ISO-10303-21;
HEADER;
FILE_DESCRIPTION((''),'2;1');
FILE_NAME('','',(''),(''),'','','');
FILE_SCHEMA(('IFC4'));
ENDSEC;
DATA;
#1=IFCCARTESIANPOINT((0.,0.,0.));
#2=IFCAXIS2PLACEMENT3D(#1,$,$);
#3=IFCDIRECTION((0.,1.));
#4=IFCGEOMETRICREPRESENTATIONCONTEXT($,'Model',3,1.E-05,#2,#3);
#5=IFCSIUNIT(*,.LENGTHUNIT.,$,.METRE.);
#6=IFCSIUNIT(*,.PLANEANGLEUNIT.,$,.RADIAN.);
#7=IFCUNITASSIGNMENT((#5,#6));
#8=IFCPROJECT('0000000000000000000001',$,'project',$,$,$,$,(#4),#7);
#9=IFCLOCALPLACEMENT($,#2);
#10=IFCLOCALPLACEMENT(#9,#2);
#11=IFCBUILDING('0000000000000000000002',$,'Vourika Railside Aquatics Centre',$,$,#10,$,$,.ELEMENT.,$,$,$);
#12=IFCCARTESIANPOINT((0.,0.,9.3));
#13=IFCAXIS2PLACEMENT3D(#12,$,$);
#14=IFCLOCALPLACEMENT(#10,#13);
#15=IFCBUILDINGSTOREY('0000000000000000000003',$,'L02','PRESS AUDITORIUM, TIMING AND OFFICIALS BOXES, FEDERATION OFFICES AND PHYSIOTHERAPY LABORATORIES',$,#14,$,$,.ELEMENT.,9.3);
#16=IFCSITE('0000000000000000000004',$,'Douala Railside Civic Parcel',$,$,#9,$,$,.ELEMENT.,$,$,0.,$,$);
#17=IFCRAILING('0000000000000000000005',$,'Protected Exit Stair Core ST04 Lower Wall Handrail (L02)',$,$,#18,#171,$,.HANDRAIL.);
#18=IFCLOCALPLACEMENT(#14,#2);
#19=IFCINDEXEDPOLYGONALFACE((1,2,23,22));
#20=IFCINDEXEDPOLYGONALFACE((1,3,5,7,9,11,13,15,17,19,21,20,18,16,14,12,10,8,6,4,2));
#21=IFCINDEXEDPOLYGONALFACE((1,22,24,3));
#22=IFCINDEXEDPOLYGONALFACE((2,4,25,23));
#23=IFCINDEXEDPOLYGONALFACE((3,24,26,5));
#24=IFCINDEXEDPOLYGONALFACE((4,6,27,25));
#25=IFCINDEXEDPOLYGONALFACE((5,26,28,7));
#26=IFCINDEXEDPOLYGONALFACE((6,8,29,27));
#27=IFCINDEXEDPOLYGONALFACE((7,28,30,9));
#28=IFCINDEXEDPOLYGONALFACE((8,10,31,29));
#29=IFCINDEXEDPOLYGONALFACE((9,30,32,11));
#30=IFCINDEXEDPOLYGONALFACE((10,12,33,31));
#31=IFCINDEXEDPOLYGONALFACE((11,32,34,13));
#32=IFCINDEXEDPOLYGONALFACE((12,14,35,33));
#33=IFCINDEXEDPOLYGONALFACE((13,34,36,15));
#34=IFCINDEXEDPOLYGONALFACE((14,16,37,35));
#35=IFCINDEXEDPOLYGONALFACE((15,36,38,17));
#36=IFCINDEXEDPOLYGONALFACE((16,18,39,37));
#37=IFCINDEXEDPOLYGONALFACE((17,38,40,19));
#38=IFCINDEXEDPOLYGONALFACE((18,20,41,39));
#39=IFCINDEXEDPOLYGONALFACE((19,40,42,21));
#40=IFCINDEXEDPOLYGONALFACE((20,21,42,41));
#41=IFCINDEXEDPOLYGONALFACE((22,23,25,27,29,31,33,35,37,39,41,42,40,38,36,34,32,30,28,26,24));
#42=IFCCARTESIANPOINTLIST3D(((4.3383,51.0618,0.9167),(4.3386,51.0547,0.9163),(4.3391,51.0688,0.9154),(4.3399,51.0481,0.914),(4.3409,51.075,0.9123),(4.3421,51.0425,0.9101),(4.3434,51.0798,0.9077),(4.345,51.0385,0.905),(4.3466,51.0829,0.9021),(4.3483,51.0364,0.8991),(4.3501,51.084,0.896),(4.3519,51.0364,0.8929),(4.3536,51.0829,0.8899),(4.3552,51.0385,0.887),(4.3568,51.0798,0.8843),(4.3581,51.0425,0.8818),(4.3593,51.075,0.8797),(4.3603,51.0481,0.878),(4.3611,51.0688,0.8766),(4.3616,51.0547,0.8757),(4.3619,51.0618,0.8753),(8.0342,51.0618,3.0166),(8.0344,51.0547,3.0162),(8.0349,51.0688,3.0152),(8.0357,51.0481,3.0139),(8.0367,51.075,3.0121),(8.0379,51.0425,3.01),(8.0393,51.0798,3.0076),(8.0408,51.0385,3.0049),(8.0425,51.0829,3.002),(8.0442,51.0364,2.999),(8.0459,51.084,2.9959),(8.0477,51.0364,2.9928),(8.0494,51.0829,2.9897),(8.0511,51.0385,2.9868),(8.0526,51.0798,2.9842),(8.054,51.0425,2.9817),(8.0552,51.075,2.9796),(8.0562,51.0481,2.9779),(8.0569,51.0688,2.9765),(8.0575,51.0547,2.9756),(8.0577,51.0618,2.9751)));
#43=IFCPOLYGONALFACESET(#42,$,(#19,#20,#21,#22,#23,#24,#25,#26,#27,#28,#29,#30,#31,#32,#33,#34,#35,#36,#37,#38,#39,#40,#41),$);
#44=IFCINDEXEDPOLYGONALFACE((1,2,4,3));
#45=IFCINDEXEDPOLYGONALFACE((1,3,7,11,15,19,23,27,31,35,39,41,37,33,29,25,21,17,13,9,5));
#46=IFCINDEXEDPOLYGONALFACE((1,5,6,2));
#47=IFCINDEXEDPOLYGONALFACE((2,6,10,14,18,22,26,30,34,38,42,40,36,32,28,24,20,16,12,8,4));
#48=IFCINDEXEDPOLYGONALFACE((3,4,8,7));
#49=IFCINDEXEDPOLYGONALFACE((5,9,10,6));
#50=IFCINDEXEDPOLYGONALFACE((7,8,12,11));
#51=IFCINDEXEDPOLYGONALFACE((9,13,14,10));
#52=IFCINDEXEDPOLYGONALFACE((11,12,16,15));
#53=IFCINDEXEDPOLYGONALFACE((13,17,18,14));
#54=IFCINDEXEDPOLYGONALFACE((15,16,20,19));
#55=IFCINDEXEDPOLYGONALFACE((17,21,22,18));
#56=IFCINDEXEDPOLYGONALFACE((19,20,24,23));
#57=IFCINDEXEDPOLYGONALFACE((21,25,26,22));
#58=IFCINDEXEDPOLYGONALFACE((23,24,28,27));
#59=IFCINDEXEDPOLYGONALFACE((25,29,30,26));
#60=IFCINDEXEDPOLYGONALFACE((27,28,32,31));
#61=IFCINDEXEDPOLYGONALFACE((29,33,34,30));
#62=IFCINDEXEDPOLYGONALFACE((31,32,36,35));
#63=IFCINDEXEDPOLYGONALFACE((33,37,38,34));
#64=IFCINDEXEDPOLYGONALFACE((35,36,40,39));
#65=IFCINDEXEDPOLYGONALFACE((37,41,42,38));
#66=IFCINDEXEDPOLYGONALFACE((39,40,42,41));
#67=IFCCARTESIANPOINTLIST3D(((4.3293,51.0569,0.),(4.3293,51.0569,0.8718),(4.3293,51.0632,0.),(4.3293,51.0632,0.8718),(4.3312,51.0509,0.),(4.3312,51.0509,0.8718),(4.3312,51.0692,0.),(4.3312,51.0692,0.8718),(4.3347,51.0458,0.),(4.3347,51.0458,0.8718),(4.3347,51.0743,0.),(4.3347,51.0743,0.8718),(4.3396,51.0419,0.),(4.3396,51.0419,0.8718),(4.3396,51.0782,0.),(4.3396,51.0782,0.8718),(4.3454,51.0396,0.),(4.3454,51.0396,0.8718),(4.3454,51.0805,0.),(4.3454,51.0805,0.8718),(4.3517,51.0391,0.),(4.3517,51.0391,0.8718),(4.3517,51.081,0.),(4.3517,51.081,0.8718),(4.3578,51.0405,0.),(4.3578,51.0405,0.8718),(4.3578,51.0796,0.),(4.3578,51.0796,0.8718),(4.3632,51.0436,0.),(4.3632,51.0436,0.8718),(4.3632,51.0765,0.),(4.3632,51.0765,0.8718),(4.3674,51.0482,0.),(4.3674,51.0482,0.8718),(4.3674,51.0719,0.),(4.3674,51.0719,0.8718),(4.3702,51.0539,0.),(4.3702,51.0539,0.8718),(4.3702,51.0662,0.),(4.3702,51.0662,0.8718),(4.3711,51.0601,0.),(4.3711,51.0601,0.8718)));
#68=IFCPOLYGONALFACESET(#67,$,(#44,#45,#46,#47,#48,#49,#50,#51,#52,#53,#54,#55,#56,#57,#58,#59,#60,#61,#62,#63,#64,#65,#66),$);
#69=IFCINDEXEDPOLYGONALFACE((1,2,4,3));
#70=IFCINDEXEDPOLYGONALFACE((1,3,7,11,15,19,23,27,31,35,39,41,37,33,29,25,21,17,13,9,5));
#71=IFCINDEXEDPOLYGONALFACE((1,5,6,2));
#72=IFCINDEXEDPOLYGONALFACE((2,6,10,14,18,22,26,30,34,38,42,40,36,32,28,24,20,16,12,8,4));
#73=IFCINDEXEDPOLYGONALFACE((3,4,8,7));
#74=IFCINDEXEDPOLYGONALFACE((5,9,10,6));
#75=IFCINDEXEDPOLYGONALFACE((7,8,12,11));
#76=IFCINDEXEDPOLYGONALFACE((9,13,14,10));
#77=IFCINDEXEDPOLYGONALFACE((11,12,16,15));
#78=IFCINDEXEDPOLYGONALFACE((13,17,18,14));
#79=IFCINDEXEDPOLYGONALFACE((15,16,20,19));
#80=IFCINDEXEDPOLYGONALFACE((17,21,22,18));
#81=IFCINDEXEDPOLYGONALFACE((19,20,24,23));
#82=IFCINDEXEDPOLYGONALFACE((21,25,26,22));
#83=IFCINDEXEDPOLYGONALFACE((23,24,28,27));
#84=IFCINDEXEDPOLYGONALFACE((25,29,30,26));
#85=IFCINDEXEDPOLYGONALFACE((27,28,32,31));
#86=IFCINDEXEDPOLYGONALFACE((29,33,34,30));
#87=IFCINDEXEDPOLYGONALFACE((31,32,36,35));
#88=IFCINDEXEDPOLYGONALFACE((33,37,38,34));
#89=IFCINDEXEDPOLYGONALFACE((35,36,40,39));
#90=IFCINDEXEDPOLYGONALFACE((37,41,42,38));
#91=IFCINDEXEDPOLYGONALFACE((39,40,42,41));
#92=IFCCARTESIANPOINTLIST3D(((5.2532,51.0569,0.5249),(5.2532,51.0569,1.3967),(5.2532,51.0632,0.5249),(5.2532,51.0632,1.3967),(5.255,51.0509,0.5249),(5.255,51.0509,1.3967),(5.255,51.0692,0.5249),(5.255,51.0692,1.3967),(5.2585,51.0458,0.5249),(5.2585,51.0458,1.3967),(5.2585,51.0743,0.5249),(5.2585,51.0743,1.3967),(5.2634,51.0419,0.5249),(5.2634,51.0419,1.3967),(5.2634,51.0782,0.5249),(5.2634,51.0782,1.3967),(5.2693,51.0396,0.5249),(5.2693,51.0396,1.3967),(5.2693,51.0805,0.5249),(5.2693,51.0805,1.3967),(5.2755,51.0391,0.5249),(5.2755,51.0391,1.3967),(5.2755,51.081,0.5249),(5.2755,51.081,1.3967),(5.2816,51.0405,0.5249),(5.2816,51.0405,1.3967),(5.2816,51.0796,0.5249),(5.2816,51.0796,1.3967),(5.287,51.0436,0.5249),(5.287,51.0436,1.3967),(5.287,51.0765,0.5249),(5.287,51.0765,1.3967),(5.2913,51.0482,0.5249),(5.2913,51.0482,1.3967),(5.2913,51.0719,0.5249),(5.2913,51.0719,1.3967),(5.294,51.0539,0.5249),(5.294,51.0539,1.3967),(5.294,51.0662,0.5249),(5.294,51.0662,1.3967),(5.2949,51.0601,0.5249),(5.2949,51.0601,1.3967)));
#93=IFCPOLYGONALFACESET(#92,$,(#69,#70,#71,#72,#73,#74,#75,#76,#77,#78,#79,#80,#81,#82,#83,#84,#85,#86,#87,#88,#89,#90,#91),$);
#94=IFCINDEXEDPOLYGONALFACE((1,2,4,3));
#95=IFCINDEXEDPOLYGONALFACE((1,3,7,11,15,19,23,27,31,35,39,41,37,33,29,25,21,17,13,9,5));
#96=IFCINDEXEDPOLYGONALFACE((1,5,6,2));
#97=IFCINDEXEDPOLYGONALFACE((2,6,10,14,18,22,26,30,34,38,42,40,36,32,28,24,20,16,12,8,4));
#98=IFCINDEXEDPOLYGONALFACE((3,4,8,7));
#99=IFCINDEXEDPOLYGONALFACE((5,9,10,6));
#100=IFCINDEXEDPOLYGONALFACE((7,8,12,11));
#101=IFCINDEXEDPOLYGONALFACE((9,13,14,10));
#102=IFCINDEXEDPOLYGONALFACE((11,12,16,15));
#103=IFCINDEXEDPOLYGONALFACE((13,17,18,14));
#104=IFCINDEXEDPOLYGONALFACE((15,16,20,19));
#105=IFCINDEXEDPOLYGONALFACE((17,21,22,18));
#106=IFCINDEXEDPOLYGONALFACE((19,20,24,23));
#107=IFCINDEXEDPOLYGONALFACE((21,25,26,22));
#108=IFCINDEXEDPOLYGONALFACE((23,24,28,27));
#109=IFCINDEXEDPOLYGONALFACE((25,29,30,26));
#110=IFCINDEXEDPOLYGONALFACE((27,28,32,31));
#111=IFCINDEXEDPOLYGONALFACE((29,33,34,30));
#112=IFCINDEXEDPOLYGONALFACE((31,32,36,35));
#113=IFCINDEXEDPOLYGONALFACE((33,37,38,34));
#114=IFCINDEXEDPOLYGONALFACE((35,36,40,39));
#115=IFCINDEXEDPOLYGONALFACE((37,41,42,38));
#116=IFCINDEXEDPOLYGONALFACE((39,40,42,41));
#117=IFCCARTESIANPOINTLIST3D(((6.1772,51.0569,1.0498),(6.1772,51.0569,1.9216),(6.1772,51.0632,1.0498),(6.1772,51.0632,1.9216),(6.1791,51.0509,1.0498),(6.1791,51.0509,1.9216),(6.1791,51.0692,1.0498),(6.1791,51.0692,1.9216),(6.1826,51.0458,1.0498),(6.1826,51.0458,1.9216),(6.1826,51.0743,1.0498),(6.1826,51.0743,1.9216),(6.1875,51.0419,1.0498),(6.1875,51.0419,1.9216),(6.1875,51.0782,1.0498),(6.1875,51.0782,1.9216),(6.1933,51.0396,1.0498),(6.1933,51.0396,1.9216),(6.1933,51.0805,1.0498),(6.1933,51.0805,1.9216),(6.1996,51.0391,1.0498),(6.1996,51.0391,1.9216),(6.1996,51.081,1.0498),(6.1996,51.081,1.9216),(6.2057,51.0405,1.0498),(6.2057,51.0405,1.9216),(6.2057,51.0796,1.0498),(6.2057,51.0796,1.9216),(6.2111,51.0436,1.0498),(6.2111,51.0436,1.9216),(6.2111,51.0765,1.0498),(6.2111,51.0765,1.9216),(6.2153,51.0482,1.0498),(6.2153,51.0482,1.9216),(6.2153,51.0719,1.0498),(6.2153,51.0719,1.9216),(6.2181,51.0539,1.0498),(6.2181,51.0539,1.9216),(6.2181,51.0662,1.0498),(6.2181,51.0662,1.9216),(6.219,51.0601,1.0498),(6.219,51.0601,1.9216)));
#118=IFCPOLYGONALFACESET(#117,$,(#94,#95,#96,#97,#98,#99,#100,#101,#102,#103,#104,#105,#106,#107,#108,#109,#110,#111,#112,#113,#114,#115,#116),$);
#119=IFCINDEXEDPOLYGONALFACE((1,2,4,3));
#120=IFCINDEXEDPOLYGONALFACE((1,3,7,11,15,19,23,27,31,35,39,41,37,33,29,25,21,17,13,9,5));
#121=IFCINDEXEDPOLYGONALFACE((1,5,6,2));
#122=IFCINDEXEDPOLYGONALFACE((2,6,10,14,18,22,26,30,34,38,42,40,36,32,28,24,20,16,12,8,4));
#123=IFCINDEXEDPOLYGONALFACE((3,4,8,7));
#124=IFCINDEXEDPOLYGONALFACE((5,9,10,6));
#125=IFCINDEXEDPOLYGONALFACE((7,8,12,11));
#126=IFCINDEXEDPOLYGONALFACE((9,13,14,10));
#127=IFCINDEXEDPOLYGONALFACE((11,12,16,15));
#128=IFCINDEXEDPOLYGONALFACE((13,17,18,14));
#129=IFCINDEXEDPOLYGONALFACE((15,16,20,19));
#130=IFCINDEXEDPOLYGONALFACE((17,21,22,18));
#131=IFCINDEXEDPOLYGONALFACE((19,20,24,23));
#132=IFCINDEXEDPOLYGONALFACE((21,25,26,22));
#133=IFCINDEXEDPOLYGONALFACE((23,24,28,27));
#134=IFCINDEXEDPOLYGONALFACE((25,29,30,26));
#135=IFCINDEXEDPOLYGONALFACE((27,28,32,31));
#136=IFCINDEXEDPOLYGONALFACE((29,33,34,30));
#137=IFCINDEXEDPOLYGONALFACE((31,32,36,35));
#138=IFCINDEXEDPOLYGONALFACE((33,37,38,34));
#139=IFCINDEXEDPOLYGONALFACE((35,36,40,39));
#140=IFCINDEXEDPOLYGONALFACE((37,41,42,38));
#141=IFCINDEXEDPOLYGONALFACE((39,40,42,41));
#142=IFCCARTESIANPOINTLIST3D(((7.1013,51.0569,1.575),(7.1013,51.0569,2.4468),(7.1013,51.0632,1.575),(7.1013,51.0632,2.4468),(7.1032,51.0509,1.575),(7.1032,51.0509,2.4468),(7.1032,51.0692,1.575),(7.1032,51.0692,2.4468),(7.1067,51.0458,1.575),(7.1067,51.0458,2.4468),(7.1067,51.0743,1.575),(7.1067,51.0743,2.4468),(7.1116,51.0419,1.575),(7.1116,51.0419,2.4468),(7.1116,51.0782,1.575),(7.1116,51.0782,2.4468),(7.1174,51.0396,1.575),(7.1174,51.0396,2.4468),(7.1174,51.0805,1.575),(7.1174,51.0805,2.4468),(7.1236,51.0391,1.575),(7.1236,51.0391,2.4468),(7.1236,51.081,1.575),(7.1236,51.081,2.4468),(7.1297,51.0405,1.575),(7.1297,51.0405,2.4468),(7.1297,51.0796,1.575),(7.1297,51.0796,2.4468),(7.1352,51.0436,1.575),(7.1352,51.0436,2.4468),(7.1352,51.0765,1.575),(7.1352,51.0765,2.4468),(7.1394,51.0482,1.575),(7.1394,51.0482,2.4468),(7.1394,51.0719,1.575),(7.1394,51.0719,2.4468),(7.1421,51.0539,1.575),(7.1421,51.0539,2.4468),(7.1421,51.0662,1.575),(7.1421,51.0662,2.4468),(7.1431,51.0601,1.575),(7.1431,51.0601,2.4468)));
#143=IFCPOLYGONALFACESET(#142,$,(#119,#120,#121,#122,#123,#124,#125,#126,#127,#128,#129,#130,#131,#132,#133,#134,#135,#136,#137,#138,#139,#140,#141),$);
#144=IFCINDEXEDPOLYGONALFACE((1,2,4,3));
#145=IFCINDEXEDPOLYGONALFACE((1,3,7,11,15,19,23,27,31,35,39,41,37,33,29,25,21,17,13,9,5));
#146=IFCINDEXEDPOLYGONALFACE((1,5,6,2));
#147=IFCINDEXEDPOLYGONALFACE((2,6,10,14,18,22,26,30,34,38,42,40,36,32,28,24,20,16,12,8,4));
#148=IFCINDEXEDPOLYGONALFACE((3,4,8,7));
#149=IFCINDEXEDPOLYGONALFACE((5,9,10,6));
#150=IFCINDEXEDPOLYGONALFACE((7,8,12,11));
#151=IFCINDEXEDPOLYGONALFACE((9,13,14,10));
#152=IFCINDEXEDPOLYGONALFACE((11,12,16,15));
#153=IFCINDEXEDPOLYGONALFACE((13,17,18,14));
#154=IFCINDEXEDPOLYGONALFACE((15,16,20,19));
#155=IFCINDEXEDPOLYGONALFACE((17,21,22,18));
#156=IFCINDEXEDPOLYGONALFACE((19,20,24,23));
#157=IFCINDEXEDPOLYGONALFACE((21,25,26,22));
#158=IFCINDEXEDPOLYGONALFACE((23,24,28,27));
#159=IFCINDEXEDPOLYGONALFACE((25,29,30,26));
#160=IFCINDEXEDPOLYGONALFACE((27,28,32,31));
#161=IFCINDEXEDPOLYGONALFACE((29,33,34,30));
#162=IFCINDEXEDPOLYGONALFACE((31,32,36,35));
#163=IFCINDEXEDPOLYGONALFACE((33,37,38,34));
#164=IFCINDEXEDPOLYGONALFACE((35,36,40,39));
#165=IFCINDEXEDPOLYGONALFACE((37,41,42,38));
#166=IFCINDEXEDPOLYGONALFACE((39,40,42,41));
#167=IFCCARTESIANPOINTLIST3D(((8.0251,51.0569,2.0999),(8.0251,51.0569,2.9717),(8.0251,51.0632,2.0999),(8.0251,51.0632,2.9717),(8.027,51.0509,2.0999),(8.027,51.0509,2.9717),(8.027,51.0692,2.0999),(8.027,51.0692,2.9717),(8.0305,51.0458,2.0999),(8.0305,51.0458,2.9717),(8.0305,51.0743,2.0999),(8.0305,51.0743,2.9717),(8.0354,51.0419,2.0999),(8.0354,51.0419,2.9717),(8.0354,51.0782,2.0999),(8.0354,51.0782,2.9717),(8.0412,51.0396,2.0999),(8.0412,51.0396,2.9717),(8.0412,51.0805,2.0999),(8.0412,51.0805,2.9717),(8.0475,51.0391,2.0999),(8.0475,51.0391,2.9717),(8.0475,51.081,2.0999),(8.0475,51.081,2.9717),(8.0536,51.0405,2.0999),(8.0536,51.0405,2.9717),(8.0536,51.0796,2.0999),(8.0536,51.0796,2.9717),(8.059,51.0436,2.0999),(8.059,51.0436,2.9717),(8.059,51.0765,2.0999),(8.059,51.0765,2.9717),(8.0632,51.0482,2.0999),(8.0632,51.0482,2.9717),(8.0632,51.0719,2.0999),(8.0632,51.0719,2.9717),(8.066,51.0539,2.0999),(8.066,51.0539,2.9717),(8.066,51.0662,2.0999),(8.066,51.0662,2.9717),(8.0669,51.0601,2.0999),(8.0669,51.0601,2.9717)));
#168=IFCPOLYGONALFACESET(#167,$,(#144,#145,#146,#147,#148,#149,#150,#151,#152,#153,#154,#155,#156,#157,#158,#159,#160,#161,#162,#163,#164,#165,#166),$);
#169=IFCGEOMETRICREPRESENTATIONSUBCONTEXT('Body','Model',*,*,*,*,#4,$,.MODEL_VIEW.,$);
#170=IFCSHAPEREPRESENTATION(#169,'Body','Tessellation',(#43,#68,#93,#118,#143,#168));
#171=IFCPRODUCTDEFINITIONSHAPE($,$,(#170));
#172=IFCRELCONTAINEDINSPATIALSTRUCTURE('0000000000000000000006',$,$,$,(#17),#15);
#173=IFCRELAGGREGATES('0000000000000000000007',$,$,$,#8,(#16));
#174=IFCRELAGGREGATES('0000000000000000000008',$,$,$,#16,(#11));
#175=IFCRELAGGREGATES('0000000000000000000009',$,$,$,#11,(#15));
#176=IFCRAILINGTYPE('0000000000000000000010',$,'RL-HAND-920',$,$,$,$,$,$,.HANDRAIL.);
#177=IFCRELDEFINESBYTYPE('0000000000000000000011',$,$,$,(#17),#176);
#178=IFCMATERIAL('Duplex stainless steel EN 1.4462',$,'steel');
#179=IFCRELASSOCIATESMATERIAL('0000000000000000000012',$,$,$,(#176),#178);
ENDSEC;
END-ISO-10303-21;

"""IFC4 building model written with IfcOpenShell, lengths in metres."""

from ifc_helpers import new_model, si_unit, direction, frame, origin, origin_2d, place, context, subcontext, project, spatial, circle, extrude, material, type_object, element, save


model = new_model("IFC4")

# Units and contexts
model_context = context("Model", 3, precision=1e-05, world=origin(), true_north=direction((0.0, 1.0)))
body_context = subcontext(model_context, "Body", "Model", "MODEL_VIEW")
ifc_project = project(units=[si_unit("LENGTHUNIT", "METRE"), si_unit("PLANEANGLEUNIT", "RADIAN")], contexts=[model_context])

# Site, building, storey
site_placement = place(None, origin())
site = spatial("IfcSite", under=ifc_project, at=site_placement, Name="Douala Railside Civic Parcel", CompositionType="ELEMENT", RefElevation=0.0)
building_placement = place(site_placement, origin())
building = spatial("IfcBuilding", under=site, at=building_placement, Name="Vourika Railside Aquatics Centre", CompositionType="ELEMENT")
storey_placement = place(building_placement, frame((0.0, 0.0, 9.3)))
storey = spatial("IfcBuildingStorey", under=building, at=storey_placement, Name="L02", Description="PRESS AUDITORIUM, TIMING AND OFFICIALS BOXES, FEDERATION OFFICES AND PHYSIOTHERAPY LABORATORIES", CompositionType="ELEMENT", Elevation=9.3)

# Railing
ifc_material_1 = material(Name="Duplex stainless steel EN 1.4462", Category="steel")
railing_type_1 = type_object("IfcRailingType", Name="RL-HAND-920", PredefinedType="HANDRAIL", material=ifc_material_1)
railing_1_placement = place(storey_placement, frame((4.3501, 51.0601, 0.0)))
element("IfcRailing", 1, at=railing_1_placement, inside=storey, type_object=railing_type_1, Name="Protected Exit Stair Core ST04 Lower Wall Handrail (L02)", PredefinedType="HANDRAIL", context=body_context, shape_type="SweptSolid", body=[
    extrude(circle(Radius=0.0239, at=origin_2d()), frame((0.0, 0.0, 0.896), z_axis=(0.86946, 0.0, 0.494003), x_axis=(0.0, 1.0, 0.0)), (0.0, 0.0, 1.0), 4.2507),
    extrude(circle(Radius=0.021, at=origin_2d()), origin(), (0.0, 0.0, 1.0), 0.8718),
    extrude(circle(Radius=0.021, at=origin_2d()), frame((0.9238, 0.0, 0.5249)), (0.0, 0.0, 1.0), 0.8718),
    extrude(circle(Radius=0.021, at=origin_2d()), frame((1.8479, 0.0, 1.0498)), (0.0, 0.0, 1.0), 0.8718),
    extrude(circle(Radius=0.021, at=origin_2d()), frame((2.772, 0.0, 1.575)), (0.0, 0.0, 1.0), 0.8718),
    extrude(circle(Radius=0.021, at=origin_2d()), frame((3.6958, 0.0, 2.0999)), (0.0, 0.0, 1.0), 0.8718),
])

save(model, "model.ifc")
